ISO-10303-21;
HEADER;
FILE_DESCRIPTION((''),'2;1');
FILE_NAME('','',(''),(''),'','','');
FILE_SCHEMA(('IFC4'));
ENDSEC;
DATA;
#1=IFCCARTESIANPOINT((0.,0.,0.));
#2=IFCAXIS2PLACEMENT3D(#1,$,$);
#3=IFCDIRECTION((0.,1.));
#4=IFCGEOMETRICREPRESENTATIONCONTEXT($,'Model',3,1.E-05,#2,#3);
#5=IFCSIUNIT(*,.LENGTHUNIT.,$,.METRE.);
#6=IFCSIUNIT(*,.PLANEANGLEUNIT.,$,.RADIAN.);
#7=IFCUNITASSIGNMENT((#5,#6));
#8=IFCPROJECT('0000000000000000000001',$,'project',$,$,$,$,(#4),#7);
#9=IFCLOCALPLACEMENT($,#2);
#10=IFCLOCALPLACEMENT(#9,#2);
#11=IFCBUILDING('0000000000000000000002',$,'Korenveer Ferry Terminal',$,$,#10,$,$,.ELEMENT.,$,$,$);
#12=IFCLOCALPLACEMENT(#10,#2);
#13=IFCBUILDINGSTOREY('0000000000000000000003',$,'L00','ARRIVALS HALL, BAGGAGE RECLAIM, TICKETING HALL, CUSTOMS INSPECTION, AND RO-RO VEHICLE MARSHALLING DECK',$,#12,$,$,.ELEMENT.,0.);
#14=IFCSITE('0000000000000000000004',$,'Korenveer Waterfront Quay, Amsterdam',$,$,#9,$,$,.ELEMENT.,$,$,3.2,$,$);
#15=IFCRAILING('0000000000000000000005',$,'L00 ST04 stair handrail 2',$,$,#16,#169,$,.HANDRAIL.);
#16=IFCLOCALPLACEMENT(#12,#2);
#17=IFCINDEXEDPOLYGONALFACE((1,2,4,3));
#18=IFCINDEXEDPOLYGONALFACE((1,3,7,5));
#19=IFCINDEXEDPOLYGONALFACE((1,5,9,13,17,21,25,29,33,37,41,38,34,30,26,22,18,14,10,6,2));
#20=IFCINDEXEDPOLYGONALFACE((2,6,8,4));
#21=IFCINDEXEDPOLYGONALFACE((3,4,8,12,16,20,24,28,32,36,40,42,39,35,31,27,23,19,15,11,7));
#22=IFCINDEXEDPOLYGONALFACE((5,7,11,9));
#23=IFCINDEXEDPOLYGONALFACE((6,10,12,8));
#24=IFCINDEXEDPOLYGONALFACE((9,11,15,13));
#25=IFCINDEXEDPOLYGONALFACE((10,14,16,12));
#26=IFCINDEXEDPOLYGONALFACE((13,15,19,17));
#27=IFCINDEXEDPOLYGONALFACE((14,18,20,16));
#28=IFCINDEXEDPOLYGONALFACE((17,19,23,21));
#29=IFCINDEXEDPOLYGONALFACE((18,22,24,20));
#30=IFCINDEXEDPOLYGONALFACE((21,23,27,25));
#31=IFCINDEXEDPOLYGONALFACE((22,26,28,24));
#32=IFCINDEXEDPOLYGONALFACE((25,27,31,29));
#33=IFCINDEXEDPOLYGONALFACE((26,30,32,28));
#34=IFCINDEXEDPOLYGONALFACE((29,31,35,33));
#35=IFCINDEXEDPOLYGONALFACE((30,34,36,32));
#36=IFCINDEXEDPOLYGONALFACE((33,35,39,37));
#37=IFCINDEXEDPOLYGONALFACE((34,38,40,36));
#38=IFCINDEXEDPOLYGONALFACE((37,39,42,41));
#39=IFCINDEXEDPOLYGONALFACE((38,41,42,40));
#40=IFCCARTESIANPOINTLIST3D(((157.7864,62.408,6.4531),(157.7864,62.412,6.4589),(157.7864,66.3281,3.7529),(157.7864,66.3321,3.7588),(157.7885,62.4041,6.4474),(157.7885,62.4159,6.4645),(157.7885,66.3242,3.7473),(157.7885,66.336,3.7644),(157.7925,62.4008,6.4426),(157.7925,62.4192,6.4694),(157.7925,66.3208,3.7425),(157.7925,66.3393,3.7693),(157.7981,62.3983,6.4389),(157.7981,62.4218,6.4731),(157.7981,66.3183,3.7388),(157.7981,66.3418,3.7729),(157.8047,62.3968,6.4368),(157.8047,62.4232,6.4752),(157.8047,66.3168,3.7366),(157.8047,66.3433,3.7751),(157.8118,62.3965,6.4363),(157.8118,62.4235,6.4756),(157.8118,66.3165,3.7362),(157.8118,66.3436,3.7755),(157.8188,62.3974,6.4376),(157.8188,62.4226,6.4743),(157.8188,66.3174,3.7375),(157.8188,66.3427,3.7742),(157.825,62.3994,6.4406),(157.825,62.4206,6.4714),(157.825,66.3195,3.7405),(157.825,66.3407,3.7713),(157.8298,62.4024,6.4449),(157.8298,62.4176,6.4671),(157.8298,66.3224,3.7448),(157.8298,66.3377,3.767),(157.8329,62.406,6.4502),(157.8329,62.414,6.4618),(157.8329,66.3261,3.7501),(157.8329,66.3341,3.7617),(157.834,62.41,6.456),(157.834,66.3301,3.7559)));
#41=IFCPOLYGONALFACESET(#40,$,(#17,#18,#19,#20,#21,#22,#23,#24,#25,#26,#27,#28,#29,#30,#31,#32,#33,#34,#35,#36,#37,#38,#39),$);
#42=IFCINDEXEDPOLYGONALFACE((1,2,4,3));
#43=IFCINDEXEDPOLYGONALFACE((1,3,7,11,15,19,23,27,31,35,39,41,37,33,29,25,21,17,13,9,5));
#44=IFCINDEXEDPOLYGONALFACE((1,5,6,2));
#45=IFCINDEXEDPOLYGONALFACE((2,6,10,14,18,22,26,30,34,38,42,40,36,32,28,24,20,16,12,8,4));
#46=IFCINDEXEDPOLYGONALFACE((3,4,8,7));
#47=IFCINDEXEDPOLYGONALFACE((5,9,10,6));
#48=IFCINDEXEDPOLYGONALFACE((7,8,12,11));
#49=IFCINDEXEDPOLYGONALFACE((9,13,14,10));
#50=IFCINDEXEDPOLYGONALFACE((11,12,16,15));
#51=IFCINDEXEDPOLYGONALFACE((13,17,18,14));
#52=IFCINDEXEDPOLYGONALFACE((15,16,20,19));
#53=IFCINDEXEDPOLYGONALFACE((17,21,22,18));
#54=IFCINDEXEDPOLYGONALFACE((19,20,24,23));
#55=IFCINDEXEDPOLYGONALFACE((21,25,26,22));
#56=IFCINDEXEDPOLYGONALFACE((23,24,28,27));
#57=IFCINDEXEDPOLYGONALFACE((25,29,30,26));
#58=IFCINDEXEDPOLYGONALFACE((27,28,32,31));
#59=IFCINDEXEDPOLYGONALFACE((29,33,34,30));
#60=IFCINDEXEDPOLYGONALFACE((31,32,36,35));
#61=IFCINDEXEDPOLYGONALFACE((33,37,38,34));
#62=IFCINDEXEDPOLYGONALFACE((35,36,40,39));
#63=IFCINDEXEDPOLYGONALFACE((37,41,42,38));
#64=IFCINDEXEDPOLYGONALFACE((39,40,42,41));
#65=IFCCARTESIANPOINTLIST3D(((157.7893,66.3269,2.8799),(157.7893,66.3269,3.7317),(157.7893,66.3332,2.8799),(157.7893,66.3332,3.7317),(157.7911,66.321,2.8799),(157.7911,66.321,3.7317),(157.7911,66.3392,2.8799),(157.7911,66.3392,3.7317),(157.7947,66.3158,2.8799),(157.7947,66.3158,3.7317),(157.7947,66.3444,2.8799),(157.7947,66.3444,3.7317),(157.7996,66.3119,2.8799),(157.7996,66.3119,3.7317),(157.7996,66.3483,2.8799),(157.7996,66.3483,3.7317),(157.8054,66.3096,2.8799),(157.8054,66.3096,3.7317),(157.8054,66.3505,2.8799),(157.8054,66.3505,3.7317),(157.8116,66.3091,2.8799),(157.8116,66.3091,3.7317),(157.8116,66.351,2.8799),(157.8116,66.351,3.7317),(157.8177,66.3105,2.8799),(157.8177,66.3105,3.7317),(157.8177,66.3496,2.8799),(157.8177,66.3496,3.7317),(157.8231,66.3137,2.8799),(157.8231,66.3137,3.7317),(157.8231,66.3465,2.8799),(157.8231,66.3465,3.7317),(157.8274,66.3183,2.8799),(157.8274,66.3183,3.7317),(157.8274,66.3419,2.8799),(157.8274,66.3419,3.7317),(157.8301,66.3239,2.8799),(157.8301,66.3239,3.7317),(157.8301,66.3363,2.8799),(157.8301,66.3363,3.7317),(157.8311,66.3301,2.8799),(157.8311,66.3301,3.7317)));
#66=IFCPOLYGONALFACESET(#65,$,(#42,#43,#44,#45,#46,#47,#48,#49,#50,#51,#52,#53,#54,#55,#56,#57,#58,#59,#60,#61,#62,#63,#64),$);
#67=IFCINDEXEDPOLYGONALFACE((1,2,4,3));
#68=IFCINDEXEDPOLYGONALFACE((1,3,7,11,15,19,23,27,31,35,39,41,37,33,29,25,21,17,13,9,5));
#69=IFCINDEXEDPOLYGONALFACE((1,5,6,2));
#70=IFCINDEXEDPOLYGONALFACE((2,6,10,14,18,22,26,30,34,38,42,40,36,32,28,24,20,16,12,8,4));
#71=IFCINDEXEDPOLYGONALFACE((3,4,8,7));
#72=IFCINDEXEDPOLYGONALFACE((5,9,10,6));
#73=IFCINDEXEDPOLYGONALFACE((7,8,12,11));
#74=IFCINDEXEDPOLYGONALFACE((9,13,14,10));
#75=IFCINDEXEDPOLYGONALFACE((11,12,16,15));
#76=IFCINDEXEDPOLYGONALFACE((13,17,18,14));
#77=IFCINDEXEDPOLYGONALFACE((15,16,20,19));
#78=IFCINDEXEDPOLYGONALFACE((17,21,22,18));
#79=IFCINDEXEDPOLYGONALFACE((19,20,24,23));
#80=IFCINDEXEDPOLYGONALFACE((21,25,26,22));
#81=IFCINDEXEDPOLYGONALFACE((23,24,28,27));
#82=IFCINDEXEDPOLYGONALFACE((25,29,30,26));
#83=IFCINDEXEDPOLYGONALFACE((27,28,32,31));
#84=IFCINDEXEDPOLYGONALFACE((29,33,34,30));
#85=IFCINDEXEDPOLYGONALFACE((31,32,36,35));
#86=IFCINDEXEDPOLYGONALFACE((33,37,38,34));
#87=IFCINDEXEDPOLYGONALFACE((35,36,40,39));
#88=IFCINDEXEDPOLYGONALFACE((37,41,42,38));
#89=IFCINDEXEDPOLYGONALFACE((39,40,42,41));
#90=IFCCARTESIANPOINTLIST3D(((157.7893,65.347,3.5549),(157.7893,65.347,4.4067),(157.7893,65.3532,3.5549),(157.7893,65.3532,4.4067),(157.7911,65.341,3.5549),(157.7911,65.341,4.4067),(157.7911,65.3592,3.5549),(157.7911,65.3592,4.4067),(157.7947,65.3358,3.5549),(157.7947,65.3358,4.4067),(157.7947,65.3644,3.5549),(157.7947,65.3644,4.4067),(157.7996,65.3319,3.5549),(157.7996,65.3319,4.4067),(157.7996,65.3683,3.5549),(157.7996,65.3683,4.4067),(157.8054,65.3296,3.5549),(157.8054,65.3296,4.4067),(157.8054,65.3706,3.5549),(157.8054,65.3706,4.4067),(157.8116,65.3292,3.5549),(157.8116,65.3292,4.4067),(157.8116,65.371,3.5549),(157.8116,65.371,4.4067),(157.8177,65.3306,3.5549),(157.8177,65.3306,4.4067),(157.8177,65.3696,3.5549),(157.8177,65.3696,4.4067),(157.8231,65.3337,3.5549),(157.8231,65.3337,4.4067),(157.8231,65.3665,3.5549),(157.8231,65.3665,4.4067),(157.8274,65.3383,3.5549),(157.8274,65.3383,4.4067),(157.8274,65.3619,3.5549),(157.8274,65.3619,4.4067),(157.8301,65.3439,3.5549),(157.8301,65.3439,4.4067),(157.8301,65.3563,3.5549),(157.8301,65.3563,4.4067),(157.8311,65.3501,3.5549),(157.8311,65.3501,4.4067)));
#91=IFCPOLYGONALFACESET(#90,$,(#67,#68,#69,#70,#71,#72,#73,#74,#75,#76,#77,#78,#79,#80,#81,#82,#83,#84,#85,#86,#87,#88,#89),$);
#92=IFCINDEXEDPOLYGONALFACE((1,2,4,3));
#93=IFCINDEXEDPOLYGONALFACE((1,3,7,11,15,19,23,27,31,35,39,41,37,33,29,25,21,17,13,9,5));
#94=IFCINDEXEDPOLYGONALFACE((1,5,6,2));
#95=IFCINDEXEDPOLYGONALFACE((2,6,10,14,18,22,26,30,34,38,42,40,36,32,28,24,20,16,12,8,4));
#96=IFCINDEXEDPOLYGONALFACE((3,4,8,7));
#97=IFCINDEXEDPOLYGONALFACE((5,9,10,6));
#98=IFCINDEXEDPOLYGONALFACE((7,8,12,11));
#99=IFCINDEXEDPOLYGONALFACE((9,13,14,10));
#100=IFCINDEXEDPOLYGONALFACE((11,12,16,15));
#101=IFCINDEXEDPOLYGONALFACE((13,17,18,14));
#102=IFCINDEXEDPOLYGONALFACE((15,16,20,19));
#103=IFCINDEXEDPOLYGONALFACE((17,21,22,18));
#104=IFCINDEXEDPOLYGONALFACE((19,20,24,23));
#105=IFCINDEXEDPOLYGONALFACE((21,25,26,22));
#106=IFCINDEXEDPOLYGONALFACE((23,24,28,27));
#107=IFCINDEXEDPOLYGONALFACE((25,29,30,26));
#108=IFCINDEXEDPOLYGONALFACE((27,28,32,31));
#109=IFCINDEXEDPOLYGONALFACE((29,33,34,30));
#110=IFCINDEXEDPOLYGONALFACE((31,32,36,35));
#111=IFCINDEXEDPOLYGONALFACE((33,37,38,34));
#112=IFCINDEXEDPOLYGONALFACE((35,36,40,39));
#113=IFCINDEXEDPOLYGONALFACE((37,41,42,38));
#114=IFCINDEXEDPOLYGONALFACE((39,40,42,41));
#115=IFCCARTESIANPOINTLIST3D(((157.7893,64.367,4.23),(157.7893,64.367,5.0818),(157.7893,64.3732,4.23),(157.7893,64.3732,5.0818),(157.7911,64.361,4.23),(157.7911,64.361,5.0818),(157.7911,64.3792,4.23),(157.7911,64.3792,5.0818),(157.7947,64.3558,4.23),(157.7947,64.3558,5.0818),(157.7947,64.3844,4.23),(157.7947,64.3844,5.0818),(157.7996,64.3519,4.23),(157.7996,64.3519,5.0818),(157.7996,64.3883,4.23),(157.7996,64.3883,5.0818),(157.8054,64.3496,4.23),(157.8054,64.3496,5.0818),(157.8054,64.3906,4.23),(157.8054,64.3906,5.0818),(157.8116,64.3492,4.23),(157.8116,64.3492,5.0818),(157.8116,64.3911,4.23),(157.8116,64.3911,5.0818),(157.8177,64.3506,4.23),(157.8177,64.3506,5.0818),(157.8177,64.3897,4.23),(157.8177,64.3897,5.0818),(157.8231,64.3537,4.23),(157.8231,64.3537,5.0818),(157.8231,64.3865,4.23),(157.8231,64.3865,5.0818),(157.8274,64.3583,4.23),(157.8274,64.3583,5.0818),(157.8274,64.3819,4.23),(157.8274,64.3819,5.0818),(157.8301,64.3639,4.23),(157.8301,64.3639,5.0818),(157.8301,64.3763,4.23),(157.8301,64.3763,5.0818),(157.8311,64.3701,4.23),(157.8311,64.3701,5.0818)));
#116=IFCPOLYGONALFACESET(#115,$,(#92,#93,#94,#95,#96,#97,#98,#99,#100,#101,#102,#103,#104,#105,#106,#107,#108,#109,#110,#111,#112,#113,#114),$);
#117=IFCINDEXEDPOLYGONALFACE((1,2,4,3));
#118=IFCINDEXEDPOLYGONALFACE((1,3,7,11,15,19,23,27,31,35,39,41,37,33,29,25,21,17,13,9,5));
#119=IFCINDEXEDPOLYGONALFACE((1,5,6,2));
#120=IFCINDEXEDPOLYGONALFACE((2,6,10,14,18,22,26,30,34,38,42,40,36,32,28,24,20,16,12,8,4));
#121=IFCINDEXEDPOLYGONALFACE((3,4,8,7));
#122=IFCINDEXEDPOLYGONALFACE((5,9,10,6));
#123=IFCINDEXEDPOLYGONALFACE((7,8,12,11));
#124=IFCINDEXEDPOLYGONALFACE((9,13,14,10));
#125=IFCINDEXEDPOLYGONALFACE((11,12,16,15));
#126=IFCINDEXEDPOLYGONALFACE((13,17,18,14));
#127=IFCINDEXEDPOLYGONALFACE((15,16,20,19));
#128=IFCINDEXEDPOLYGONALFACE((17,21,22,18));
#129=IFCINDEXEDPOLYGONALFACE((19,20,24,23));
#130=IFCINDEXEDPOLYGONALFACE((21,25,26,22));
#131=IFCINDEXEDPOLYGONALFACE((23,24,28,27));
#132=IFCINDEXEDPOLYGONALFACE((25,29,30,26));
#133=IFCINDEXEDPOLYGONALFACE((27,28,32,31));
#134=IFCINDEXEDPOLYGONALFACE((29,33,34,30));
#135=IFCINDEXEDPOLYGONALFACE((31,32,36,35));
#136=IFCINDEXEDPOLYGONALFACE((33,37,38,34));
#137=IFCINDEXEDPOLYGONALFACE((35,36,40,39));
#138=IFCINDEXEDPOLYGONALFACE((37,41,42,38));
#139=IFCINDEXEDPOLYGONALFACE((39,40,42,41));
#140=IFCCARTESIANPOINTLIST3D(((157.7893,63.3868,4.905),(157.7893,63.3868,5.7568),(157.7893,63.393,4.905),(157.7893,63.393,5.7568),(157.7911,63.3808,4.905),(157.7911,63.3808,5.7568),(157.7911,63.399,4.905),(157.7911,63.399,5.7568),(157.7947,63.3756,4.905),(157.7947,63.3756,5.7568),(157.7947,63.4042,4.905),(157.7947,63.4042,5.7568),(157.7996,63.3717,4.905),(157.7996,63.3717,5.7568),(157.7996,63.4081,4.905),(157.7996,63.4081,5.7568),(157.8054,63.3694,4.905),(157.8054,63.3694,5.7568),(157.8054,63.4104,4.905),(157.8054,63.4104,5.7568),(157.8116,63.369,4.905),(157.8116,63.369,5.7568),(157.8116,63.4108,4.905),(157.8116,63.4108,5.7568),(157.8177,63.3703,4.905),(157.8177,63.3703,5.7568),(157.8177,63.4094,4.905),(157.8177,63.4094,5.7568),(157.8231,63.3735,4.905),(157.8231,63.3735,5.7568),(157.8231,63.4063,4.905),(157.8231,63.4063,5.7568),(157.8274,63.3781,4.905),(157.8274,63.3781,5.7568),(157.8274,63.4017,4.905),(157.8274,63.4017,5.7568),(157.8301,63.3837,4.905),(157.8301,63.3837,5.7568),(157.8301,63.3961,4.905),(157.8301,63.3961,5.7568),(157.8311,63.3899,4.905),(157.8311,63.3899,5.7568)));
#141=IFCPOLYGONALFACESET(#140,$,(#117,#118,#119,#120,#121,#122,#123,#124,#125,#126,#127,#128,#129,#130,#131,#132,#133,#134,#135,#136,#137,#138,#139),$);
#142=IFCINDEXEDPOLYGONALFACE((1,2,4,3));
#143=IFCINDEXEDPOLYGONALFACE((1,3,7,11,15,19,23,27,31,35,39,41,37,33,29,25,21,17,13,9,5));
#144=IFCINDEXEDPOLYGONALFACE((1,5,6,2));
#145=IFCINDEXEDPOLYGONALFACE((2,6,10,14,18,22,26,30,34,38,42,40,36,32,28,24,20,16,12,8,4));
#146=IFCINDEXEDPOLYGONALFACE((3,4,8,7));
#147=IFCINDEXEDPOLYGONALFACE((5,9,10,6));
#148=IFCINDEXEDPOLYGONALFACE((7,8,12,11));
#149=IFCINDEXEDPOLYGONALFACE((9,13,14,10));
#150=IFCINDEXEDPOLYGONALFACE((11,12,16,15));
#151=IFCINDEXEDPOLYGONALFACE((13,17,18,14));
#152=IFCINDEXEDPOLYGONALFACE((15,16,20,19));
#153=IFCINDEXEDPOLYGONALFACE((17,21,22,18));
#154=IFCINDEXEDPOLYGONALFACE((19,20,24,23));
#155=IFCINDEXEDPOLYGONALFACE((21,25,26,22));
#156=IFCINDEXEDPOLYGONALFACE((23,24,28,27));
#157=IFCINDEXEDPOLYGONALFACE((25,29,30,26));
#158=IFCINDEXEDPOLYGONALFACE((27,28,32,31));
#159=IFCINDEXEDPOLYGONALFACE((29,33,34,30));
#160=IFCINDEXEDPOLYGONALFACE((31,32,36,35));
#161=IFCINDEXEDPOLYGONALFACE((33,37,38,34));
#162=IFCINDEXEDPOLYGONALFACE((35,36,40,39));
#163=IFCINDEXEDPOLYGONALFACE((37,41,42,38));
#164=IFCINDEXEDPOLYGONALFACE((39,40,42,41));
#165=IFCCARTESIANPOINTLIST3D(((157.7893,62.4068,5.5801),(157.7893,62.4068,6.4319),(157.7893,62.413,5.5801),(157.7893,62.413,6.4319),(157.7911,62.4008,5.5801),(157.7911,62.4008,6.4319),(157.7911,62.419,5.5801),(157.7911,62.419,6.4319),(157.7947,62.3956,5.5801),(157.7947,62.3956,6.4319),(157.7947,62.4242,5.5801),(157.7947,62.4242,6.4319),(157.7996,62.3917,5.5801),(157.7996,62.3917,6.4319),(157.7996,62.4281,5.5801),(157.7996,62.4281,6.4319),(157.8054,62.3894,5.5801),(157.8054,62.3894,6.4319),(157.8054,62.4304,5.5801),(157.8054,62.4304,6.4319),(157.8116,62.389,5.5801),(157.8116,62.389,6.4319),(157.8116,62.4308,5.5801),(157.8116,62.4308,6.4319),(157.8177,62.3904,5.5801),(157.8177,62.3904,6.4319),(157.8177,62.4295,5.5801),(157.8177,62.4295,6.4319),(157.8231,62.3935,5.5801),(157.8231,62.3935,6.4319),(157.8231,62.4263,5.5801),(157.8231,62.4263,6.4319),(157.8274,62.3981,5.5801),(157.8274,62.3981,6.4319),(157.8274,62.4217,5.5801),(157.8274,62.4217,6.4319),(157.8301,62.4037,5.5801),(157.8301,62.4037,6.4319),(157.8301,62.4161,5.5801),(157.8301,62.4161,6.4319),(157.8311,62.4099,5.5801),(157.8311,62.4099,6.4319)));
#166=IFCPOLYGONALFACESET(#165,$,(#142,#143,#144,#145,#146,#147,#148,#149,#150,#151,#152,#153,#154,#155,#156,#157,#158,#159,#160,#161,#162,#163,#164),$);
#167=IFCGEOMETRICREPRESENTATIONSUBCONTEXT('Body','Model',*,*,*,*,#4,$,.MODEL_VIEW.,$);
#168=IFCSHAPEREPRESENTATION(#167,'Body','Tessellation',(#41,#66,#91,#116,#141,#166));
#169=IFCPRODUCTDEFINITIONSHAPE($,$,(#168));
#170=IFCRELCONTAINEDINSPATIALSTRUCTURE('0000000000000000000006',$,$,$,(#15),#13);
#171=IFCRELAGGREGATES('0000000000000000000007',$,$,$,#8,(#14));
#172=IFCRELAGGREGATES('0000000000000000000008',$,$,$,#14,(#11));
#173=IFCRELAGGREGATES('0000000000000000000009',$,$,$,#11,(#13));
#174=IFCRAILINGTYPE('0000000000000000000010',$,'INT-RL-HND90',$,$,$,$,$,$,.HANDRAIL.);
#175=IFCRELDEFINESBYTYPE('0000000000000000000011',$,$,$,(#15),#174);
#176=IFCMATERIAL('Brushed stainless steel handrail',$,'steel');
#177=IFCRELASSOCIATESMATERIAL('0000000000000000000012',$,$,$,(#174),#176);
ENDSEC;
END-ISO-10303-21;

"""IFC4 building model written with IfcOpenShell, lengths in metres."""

from ifc_helpers import new_model, si_unit, direction, frame, origin, origin_2d, place, context, subcontext, project, spatial, circle, extrude, material, type_object, element, save


model = new_model("IFC4")

# Units and contexts
model_context = context("Model", 3, precision=1e-05, world=origin(), true_north=direction((0.0, 1.0)))
body_context = subcontext(model_context, "Body", "Model", "MODEL_VIEW")
ifc_project = project(units=[si_unit("LENGTHUNIT", "METRE"), si_unit("PLANEANGLEUNIT", "RADIAN")], contexts=[model_context])

# Site, building, storey
site_placement = place(None, origin())
site = spatial("IfcSite", under=ifc_project, at=site_placement, Name="Korenveer Waterfront Quay, Amsterdam", CompositionType="ELEMENT", RefElevation=3.2)
building_placement = place(site_placement, origin())
building = spatial("IfcBuilding", under=site, at=building_placement, Name="Korenveer Ferry Terminal", CompositionType="ELEMENT")
storey_placement = place(building_placement, origin())
storey = spatial("IfcBuildingStorey", under=building, at=storey_placement, Name="L00", Description="ARRIVALS HALL, BAGGAGE RECLAIM, TICKETING HALL, CUSTOMS INSPECTION, AND RO-RO VEHICLE MARSHALLING DECK", CompositionType="ELEMENT", Elevation=0.0)

# Railing
ifc_material_1 = material(Name="Brushed stainless steel handrail", Category="steel")
railing_type_1 = type_object("IfcRailingType", Name="INT-RL-HND90", PredefinedType="HANDRAIL", material=ifc_material_1)
railing_1_placement = place(storey_placement, frame((157.8101, 66.3301, 2.8799)))
element("IfcRailing", 1, at=railing_1_placement, inside=storey, type_object=railing_type_1, Name="L00 ST04 stair handrail 2", PredefinedType="HANDRAIL", context=body_context, shape_type="SweptSolid", body=[
    extrude(circle(Radius=0.0239, at=origin_2d()), frame((0.0, 0.0, 0.876), z_axis=(0.0, -0.823543, 0.567253), x_axis=(1.0, 0.0, 0.0)), (0.0, 0.0, 1.0), 4.76),
    extrude(circle(Radius=0.021, at=origin_2d()), origin(), (0.0, 0.0, 1.0), 0.8518),
    extrude(circle(Radius=0.021, at=origin_2d()), frame((0.0, -0.98, 0.675)), (0.0, 0.0, 1.0), 0.8518),
    extrude(circle(Radius=0.021, at=origin_2d()), frame((0.0, -1.96, 1.3501)), (0.0, 0.0, 1.0), 0.8518),
    extrude(circle(Radius=0.021, at=origin_2d()), frame((0.0, -2.9402, 2.0251)), (0.0, 0.0, 1.0), 0.8518),
    extrude(circle(Radius=0.021, at=origin_2d()), frame((0.0, -3.9202, 2.7002)), (0.0, 0.0, 1.0), 0.8518),
])

save(model, "model.ifc")
